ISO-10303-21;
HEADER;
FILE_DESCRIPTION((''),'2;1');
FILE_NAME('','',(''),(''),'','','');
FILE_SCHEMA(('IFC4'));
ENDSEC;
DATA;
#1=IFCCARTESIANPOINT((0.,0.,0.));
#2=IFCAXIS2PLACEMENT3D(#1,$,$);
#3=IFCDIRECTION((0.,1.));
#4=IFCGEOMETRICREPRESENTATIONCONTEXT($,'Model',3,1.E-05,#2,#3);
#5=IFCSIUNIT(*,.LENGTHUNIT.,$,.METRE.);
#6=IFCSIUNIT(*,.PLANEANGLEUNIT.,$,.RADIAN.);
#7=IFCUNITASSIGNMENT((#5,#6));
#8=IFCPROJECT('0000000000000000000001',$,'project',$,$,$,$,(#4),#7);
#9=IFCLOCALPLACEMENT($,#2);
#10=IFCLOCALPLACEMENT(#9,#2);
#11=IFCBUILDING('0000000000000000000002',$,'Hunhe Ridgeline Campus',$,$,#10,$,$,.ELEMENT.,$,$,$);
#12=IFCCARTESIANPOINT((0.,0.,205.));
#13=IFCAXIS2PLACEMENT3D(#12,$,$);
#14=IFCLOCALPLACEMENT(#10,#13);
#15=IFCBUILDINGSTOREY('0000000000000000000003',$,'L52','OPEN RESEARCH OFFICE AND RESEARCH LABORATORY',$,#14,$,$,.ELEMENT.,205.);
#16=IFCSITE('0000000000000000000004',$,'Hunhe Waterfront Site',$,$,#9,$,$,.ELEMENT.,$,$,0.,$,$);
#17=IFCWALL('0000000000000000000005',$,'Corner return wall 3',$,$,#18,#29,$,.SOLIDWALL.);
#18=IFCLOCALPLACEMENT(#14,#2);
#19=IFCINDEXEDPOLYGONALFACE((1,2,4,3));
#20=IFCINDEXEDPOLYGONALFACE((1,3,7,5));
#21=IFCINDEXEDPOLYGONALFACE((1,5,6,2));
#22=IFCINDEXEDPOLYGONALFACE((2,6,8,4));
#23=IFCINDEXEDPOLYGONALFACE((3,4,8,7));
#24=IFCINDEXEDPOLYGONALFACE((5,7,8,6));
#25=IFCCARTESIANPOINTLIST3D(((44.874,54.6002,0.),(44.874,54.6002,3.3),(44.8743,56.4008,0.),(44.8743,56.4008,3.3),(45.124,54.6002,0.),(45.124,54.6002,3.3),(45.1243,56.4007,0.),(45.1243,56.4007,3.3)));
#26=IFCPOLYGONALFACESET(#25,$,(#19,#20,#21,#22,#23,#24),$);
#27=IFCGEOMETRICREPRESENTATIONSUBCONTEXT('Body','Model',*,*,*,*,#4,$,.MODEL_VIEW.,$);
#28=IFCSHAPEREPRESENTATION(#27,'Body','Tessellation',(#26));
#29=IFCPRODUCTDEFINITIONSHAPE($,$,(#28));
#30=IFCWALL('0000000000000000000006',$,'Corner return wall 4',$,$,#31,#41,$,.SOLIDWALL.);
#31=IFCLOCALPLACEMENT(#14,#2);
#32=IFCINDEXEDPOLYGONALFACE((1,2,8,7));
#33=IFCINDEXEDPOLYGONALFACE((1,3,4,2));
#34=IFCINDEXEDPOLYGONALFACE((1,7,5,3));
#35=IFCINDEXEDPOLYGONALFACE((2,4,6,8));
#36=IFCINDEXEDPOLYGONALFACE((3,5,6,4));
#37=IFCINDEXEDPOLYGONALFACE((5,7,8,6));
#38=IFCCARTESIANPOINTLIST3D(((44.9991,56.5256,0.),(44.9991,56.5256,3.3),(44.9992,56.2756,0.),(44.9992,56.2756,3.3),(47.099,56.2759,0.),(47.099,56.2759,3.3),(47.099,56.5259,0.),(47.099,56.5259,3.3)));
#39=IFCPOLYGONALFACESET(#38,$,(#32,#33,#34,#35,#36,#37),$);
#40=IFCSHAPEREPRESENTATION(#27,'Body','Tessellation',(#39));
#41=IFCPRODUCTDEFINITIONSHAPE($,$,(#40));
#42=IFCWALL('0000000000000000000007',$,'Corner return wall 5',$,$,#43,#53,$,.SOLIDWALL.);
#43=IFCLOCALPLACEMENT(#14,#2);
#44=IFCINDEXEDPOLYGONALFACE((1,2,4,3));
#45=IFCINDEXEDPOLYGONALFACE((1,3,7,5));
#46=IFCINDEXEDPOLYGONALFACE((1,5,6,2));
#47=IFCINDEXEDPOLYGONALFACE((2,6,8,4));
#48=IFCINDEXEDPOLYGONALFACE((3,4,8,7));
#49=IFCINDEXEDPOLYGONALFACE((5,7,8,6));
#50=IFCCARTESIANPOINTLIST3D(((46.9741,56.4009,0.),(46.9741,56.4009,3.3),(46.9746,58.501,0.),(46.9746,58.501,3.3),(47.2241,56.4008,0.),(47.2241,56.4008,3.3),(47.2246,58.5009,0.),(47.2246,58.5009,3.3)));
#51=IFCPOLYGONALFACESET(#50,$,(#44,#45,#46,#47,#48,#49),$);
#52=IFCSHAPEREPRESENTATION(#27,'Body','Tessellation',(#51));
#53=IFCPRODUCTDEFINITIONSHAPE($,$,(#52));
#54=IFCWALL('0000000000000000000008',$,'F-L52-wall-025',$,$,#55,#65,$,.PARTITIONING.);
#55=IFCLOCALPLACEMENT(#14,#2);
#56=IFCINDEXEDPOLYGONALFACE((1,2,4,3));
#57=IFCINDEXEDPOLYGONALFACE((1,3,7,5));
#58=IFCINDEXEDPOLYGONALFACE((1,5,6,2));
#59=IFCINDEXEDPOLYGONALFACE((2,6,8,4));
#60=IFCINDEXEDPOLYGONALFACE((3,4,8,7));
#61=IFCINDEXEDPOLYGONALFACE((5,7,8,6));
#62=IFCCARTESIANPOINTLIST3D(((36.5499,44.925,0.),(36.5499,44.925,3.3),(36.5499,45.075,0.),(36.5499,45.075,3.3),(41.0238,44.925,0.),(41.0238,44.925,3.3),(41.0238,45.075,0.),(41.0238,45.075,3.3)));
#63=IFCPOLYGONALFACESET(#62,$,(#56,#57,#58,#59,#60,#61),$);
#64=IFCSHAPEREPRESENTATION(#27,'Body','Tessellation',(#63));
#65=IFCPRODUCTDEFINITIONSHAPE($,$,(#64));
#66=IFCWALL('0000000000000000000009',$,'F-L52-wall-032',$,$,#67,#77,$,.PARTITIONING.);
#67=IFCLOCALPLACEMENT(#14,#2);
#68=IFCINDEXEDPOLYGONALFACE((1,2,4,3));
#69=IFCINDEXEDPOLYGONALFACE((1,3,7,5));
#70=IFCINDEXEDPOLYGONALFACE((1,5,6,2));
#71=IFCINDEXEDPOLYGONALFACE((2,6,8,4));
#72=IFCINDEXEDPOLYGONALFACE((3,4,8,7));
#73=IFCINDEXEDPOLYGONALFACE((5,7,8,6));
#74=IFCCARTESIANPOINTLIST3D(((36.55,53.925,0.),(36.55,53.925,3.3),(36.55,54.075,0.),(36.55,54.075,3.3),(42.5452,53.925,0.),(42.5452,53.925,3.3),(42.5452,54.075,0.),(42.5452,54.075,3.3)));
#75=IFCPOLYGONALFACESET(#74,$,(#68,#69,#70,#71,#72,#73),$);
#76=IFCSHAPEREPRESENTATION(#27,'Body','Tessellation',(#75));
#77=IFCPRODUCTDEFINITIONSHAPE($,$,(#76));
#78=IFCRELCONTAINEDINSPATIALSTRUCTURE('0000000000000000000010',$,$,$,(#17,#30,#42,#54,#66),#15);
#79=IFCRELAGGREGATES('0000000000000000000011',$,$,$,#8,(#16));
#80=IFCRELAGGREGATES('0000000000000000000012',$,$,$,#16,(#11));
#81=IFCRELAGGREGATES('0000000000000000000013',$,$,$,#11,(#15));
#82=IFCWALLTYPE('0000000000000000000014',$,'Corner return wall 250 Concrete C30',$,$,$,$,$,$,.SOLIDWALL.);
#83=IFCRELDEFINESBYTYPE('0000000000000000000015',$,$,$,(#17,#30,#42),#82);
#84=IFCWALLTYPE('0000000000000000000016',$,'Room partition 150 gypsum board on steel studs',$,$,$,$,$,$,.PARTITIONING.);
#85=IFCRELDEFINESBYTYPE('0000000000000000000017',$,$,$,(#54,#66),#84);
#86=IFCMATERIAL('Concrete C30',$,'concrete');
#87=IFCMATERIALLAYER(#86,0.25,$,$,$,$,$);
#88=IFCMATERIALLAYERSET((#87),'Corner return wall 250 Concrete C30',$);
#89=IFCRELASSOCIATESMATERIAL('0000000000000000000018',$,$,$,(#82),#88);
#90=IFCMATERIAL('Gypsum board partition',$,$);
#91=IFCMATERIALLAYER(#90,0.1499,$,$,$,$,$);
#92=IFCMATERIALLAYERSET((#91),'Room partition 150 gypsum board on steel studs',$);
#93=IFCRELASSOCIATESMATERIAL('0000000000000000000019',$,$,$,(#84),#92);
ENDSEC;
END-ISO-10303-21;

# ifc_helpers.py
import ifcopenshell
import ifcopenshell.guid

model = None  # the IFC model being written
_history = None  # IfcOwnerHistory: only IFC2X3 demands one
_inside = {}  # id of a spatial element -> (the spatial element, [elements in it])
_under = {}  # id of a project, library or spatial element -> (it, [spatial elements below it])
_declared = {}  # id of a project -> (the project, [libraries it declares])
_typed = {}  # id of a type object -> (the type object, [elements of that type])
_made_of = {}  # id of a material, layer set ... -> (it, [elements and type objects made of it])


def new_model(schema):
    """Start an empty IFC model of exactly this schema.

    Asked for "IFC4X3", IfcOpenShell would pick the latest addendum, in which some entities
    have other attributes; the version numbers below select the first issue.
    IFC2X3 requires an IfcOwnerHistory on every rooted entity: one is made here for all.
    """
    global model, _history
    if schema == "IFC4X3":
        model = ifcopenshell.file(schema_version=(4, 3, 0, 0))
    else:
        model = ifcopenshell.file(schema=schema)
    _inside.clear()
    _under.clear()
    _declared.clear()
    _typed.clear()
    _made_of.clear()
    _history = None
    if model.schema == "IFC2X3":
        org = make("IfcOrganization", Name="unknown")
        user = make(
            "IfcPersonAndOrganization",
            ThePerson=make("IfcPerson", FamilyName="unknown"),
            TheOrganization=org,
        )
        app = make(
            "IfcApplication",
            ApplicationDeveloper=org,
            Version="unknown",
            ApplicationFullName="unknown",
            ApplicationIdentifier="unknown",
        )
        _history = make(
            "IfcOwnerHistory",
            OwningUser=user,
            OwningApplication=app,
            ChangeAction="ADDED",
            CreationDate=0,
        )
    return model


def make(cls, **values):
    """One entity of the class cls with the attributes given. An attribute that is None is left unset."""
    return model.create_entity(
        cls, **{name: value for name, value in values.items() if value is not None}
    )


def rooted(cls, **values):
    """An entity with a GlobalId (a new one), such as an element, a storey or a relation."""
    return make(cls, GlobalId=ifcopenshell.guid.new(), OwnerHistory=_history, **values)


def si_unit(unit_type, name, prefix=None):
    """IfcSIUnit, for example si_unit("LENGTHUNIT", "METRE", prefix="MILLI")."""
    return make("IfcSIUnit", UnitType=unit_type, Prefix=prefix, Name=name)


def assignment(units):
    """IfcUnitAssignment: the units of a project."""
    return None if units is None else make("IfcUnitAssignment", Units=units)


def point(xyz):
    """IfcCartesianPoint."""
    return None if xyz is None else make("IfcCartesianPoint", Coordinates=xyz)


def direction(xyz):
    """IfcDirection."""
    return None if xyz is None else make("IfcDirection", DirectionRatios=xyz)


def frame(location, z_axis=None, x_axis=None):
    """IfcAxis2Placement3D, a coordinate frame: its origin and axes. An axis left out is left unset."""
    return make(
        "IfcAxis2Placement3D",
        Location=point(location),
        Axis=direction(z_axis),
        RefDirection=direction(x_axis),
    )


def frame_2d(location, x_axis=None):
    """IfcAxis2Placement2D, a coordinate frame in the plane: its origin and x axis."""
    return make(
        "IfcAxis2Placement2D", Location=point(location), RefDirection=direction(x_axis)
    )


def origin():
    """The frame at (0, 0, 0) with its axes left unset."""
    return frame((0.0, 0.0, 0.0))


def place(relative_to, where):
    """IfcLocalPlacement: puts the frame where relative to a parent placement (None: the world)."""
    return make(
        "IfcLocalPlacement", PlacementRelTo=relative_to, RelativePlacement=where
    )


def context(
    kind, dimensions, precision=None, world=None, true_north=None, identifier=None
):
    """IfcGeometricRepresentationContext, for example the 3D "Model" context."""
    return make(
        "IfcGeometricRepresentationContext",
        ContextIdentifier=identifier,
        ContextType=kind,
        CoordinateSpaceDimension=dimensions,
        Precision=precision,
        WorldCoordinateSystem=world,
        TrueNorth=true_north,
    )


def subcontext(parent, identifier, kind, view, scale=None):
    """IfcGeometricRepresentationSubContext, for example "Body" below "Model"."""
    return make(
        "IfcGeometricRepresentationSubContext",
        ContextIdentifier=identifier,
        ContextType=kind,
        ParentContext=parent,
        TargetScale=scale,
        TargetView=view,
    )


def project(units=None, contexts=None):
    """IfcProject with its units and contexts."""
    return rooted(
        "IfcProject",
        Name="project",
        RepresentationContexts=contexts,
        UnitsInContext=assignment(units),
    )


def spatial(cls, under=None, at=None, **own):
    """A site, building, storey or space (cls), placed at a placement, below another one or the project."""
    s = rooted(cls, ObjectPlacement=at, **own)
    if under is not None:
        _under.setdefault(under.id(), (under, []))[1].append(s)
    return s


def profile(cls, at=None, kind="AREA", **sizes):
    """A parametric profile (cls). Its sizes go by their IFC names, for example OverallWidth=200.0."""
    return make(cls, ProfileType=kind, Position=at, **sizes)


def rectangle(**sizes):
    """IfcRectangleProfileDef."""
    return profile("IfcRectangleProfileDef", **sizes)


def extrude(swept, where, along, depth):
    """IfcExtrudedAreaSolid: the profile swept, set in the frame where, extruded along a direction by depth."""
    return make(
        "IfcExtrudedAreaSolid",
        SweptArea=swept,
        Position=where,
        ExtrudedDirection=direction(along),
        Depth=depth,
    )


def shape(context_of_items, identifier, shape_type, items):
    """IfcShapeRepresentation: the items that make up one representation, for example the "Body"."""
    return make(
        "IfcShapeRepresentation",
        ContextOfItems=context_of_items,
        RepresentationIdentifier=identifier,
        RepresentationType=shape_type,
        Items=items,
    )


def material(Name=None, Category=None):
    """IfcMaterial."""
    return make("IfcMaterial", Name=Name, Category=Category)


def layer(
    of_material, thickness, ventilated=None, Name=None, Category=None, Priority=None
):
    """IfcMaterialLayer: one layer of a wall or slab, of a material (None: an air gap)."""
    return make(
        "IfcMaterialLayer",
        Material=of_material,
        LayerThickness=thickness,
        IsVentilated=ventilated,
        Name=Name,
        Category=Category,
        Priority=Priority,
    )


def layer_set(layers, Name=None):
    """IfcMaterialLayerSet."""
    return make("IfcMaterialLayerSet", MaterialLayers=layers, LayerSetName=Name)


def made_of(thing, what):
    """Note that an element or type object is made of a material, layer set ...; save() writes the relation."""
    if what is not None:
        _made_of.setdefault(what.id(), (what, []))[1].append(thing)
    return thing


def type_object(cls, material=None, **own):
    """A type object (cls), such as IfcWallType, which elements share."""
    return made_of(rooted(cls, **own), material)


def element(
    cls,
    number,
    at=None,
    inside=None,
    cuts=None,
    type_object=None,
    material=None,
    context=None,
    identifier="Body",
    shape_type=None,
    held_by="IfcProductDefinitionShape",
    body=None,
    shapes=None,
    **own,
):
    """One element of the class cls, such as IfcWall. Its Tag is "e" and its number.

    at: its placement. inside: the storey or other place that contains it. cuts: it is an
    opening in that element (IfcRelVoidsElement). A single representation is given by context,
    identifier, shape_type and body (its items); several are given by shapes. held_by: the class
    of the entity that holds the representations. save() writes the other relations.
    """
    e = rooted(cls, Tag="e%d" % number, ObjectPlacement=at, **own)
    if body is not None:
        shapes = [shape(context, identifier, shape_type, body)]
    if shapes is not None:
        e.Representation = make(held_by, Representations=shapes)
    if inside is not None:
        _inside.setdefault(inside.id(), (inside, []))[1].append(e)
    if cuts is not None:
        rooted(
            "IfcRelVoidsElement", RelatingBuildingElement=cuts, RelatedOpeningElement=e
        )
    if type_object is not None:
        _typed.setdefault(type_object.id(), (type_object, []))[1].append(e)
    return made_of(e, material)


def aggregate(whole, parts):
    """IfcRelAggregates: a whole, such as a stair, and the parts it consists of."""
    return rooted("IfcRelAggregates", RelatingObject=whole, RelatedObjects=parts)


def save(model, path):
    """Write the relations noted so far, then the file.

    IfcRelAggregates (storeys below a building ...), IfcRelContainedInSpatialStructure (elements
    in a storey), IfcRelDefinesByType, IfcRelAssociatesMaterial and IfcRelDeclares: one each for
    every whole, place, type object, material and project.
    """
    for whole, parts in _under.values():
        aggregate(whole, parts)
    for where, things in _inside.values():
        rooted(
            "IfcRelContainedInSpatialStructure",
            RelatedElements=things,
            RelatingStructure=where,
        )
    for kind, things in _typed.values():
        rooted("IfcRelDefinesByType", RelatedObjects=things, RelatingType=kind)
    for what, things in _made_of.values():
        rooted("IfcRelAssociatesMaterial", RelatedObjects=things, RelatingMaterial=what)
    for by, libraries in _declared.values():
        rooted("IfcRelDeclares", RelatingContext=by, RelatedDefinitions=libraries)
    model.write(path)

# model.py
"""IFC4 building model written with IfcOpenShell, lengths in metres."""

from ifc_helpers import new_model, si_unit, direction, frame, frame_2d, origin, place, context, subcontext, project, spatial, rectangle, extrude, material, layer, layer_set, type_object, element, save


model = new_model("IFC4")

# Units and contexts
model_context = context("Model", 3, precision=1e-05, world=origin(), true_north=direction((0.0, 1.0)))
body_context = subcontext(model_context, "Body", "Model", "MODEL_VIEW")
ifc_project = project(units=[si_unit("LENGTHUNIT", "METRE"), si_unit("PLANEANGLEUNIT", "RADIAN")], contexts=[model_context])

# Site, building, storey
site_placement = place(None, origin())
site = spatial("IfcSite", under=ifc_project, at=site_placement, Name="Hunhe Waterfront Site", CompositionType="ELEMENT", RefElevation=0.0)
building_placement = place(site_placement, origin())
building = spatial("IfcBuilding", under=site, at=building_placement, Name="Hunhe Ridgeline Campus", CompositionType="ELEMENT")
storey_placement = place(building_placement, frame((0.0, 0.0, 205.0)))
storey = spatial("IfcBuildingStorey", under=building, at=storey_placement, Name="L52", Description="OPEN RESEARCH OFFICE AND RESEARCH LABORATORY", CompositionType="ELEMENT", Elevation=205.0)

# Walls
ifc_material_1 = material(Name="Concrete C30", Category="concrete")
ifc_layer_1 = layer(ifc_material_1, 0.25)
ifc_layer_set_1 = layer_set([ifc_layer_1], Name="Corner return wall 250 Concrete C30")
wall_type_1 = type_object("IfcWallType", Name="Corner return wall 250 Concrete C30", PredefinedType="SOLIDWALL", material=ifc_layer_set_1)
wall_1_placement = place(storey_placement, frame((44.999, 54.6001, 0.0), z_axis=(0.0, 0.0, 1.0), x_axis=(0.000136, 1.0, 0.0)))
element("IfcWall", 1, at=wall_1_placement, inside=storey, type_object=wall_type_1, Name="Corner return wall 3", PredefinedType="SOLIDWALL", context=body_context, shape_type="SweptSolid", body=[
    extrude(rectangle(XDim=1.8005, YDim=0.25, at=frame_2d((0.9004, 0.0))), origin(), (0.0, 0.0, 1.0), 3.3),
])
wall_2_placement = place(storey_placement, frame((44.9993, 56.4006, 0.0), z_axis=(0.0, 0.0, 1.0), x_axis=(1.0, 0.000116, 0.0)))
element("IfcWall", 2, at=wall_2_placement, inside=storey, type_object=wall_type_1, Name="Corner return wall 4", PredefinedType="SOLIDWALL", context=body_context, shape_type="SweptSolid", body=[
    extrude(rectangle(XDim=2.0999, YDim=0.25, at=frame_2d((1.0498, 0.0))), origin(), (0.0, 0.0, 1.0), 3.3),
])
wall_3_placement = place(storey_placement, frame((47.0991, 56.4009, 0.0), z_axis=(0.0, 0.0, 1.0), x_axis=(0.000233, 1.0, 0.0)))
element("IfcWall", 3, at=wall_3_placement, inside=storey, type_object=wall_type_1, Name="Corner return wall 5", PredefinedType="SOLIDWALL", context=body_context, shape_type="SweptSolid", body=[
    extrude(rectangle(XDim=2.1001, YDim=0.25, at=frame_2d((1.05, 0.0))), origin(), (0.0, 0.0, 1.0), 3.3),
])
ifc_material_2 = material(Name="Gypsum board partition")
ifc_layer_2 = layer(ifc_material_2, 0.1499)
ifc_layer_set_2 = layer_set([ifc_layer_2], Name="Room partition 150 gypsum board on steel studs")
wall_type_2 = type_object("IfcWallType", Name="Room partition 150 gypsum board on steel studs", PredefinedType="PARTITIONING", material=ifc_layer_set_2)
wall_4_placement = place(storey_placement, frame((36.55, 45.0, 0.0), z_axis=(0.0, 0.0, 1.0), x_axis=(1.0, 0.0, 0.0)))
element("IfcWall", 4, at=wall_4_placement, inside=storey, type_object=wall_type_2, Name="F-L52-wall-025", PredefinedType="PARTITIONING", context=body_context, shape_type="SweptSolid", body=[
    extrude(rectangle(XDim=4.4739, YDim=0.1499, at=frame_2d((2.2368, 0.0))), origin(), (0.0, 0.0, 1.0), 3.3),
])
wall_5_placement = place(storey_placement, frame((36.55, 54.0, 0.0), z_axis=(0.0, 0.0, 1.0), x_axis=(1.0, 0.0, 0.0)))
element("IfcWall", 5, at=wall_5_placement, inside=storey, type_object=wall_type_2, Name="F-L52-wall-032", PredefinedType="PARTITIONING", context=body_context, shape_type="SweptSolid", body=[
    extrude(rectangle(XDim=5.9951, YDim=0.1499, at=frame_2d((2.9976, 0.0))), origin(), (0.0, 0.0, 1.0), 3.3),
])

save(model, "model.ifc")
